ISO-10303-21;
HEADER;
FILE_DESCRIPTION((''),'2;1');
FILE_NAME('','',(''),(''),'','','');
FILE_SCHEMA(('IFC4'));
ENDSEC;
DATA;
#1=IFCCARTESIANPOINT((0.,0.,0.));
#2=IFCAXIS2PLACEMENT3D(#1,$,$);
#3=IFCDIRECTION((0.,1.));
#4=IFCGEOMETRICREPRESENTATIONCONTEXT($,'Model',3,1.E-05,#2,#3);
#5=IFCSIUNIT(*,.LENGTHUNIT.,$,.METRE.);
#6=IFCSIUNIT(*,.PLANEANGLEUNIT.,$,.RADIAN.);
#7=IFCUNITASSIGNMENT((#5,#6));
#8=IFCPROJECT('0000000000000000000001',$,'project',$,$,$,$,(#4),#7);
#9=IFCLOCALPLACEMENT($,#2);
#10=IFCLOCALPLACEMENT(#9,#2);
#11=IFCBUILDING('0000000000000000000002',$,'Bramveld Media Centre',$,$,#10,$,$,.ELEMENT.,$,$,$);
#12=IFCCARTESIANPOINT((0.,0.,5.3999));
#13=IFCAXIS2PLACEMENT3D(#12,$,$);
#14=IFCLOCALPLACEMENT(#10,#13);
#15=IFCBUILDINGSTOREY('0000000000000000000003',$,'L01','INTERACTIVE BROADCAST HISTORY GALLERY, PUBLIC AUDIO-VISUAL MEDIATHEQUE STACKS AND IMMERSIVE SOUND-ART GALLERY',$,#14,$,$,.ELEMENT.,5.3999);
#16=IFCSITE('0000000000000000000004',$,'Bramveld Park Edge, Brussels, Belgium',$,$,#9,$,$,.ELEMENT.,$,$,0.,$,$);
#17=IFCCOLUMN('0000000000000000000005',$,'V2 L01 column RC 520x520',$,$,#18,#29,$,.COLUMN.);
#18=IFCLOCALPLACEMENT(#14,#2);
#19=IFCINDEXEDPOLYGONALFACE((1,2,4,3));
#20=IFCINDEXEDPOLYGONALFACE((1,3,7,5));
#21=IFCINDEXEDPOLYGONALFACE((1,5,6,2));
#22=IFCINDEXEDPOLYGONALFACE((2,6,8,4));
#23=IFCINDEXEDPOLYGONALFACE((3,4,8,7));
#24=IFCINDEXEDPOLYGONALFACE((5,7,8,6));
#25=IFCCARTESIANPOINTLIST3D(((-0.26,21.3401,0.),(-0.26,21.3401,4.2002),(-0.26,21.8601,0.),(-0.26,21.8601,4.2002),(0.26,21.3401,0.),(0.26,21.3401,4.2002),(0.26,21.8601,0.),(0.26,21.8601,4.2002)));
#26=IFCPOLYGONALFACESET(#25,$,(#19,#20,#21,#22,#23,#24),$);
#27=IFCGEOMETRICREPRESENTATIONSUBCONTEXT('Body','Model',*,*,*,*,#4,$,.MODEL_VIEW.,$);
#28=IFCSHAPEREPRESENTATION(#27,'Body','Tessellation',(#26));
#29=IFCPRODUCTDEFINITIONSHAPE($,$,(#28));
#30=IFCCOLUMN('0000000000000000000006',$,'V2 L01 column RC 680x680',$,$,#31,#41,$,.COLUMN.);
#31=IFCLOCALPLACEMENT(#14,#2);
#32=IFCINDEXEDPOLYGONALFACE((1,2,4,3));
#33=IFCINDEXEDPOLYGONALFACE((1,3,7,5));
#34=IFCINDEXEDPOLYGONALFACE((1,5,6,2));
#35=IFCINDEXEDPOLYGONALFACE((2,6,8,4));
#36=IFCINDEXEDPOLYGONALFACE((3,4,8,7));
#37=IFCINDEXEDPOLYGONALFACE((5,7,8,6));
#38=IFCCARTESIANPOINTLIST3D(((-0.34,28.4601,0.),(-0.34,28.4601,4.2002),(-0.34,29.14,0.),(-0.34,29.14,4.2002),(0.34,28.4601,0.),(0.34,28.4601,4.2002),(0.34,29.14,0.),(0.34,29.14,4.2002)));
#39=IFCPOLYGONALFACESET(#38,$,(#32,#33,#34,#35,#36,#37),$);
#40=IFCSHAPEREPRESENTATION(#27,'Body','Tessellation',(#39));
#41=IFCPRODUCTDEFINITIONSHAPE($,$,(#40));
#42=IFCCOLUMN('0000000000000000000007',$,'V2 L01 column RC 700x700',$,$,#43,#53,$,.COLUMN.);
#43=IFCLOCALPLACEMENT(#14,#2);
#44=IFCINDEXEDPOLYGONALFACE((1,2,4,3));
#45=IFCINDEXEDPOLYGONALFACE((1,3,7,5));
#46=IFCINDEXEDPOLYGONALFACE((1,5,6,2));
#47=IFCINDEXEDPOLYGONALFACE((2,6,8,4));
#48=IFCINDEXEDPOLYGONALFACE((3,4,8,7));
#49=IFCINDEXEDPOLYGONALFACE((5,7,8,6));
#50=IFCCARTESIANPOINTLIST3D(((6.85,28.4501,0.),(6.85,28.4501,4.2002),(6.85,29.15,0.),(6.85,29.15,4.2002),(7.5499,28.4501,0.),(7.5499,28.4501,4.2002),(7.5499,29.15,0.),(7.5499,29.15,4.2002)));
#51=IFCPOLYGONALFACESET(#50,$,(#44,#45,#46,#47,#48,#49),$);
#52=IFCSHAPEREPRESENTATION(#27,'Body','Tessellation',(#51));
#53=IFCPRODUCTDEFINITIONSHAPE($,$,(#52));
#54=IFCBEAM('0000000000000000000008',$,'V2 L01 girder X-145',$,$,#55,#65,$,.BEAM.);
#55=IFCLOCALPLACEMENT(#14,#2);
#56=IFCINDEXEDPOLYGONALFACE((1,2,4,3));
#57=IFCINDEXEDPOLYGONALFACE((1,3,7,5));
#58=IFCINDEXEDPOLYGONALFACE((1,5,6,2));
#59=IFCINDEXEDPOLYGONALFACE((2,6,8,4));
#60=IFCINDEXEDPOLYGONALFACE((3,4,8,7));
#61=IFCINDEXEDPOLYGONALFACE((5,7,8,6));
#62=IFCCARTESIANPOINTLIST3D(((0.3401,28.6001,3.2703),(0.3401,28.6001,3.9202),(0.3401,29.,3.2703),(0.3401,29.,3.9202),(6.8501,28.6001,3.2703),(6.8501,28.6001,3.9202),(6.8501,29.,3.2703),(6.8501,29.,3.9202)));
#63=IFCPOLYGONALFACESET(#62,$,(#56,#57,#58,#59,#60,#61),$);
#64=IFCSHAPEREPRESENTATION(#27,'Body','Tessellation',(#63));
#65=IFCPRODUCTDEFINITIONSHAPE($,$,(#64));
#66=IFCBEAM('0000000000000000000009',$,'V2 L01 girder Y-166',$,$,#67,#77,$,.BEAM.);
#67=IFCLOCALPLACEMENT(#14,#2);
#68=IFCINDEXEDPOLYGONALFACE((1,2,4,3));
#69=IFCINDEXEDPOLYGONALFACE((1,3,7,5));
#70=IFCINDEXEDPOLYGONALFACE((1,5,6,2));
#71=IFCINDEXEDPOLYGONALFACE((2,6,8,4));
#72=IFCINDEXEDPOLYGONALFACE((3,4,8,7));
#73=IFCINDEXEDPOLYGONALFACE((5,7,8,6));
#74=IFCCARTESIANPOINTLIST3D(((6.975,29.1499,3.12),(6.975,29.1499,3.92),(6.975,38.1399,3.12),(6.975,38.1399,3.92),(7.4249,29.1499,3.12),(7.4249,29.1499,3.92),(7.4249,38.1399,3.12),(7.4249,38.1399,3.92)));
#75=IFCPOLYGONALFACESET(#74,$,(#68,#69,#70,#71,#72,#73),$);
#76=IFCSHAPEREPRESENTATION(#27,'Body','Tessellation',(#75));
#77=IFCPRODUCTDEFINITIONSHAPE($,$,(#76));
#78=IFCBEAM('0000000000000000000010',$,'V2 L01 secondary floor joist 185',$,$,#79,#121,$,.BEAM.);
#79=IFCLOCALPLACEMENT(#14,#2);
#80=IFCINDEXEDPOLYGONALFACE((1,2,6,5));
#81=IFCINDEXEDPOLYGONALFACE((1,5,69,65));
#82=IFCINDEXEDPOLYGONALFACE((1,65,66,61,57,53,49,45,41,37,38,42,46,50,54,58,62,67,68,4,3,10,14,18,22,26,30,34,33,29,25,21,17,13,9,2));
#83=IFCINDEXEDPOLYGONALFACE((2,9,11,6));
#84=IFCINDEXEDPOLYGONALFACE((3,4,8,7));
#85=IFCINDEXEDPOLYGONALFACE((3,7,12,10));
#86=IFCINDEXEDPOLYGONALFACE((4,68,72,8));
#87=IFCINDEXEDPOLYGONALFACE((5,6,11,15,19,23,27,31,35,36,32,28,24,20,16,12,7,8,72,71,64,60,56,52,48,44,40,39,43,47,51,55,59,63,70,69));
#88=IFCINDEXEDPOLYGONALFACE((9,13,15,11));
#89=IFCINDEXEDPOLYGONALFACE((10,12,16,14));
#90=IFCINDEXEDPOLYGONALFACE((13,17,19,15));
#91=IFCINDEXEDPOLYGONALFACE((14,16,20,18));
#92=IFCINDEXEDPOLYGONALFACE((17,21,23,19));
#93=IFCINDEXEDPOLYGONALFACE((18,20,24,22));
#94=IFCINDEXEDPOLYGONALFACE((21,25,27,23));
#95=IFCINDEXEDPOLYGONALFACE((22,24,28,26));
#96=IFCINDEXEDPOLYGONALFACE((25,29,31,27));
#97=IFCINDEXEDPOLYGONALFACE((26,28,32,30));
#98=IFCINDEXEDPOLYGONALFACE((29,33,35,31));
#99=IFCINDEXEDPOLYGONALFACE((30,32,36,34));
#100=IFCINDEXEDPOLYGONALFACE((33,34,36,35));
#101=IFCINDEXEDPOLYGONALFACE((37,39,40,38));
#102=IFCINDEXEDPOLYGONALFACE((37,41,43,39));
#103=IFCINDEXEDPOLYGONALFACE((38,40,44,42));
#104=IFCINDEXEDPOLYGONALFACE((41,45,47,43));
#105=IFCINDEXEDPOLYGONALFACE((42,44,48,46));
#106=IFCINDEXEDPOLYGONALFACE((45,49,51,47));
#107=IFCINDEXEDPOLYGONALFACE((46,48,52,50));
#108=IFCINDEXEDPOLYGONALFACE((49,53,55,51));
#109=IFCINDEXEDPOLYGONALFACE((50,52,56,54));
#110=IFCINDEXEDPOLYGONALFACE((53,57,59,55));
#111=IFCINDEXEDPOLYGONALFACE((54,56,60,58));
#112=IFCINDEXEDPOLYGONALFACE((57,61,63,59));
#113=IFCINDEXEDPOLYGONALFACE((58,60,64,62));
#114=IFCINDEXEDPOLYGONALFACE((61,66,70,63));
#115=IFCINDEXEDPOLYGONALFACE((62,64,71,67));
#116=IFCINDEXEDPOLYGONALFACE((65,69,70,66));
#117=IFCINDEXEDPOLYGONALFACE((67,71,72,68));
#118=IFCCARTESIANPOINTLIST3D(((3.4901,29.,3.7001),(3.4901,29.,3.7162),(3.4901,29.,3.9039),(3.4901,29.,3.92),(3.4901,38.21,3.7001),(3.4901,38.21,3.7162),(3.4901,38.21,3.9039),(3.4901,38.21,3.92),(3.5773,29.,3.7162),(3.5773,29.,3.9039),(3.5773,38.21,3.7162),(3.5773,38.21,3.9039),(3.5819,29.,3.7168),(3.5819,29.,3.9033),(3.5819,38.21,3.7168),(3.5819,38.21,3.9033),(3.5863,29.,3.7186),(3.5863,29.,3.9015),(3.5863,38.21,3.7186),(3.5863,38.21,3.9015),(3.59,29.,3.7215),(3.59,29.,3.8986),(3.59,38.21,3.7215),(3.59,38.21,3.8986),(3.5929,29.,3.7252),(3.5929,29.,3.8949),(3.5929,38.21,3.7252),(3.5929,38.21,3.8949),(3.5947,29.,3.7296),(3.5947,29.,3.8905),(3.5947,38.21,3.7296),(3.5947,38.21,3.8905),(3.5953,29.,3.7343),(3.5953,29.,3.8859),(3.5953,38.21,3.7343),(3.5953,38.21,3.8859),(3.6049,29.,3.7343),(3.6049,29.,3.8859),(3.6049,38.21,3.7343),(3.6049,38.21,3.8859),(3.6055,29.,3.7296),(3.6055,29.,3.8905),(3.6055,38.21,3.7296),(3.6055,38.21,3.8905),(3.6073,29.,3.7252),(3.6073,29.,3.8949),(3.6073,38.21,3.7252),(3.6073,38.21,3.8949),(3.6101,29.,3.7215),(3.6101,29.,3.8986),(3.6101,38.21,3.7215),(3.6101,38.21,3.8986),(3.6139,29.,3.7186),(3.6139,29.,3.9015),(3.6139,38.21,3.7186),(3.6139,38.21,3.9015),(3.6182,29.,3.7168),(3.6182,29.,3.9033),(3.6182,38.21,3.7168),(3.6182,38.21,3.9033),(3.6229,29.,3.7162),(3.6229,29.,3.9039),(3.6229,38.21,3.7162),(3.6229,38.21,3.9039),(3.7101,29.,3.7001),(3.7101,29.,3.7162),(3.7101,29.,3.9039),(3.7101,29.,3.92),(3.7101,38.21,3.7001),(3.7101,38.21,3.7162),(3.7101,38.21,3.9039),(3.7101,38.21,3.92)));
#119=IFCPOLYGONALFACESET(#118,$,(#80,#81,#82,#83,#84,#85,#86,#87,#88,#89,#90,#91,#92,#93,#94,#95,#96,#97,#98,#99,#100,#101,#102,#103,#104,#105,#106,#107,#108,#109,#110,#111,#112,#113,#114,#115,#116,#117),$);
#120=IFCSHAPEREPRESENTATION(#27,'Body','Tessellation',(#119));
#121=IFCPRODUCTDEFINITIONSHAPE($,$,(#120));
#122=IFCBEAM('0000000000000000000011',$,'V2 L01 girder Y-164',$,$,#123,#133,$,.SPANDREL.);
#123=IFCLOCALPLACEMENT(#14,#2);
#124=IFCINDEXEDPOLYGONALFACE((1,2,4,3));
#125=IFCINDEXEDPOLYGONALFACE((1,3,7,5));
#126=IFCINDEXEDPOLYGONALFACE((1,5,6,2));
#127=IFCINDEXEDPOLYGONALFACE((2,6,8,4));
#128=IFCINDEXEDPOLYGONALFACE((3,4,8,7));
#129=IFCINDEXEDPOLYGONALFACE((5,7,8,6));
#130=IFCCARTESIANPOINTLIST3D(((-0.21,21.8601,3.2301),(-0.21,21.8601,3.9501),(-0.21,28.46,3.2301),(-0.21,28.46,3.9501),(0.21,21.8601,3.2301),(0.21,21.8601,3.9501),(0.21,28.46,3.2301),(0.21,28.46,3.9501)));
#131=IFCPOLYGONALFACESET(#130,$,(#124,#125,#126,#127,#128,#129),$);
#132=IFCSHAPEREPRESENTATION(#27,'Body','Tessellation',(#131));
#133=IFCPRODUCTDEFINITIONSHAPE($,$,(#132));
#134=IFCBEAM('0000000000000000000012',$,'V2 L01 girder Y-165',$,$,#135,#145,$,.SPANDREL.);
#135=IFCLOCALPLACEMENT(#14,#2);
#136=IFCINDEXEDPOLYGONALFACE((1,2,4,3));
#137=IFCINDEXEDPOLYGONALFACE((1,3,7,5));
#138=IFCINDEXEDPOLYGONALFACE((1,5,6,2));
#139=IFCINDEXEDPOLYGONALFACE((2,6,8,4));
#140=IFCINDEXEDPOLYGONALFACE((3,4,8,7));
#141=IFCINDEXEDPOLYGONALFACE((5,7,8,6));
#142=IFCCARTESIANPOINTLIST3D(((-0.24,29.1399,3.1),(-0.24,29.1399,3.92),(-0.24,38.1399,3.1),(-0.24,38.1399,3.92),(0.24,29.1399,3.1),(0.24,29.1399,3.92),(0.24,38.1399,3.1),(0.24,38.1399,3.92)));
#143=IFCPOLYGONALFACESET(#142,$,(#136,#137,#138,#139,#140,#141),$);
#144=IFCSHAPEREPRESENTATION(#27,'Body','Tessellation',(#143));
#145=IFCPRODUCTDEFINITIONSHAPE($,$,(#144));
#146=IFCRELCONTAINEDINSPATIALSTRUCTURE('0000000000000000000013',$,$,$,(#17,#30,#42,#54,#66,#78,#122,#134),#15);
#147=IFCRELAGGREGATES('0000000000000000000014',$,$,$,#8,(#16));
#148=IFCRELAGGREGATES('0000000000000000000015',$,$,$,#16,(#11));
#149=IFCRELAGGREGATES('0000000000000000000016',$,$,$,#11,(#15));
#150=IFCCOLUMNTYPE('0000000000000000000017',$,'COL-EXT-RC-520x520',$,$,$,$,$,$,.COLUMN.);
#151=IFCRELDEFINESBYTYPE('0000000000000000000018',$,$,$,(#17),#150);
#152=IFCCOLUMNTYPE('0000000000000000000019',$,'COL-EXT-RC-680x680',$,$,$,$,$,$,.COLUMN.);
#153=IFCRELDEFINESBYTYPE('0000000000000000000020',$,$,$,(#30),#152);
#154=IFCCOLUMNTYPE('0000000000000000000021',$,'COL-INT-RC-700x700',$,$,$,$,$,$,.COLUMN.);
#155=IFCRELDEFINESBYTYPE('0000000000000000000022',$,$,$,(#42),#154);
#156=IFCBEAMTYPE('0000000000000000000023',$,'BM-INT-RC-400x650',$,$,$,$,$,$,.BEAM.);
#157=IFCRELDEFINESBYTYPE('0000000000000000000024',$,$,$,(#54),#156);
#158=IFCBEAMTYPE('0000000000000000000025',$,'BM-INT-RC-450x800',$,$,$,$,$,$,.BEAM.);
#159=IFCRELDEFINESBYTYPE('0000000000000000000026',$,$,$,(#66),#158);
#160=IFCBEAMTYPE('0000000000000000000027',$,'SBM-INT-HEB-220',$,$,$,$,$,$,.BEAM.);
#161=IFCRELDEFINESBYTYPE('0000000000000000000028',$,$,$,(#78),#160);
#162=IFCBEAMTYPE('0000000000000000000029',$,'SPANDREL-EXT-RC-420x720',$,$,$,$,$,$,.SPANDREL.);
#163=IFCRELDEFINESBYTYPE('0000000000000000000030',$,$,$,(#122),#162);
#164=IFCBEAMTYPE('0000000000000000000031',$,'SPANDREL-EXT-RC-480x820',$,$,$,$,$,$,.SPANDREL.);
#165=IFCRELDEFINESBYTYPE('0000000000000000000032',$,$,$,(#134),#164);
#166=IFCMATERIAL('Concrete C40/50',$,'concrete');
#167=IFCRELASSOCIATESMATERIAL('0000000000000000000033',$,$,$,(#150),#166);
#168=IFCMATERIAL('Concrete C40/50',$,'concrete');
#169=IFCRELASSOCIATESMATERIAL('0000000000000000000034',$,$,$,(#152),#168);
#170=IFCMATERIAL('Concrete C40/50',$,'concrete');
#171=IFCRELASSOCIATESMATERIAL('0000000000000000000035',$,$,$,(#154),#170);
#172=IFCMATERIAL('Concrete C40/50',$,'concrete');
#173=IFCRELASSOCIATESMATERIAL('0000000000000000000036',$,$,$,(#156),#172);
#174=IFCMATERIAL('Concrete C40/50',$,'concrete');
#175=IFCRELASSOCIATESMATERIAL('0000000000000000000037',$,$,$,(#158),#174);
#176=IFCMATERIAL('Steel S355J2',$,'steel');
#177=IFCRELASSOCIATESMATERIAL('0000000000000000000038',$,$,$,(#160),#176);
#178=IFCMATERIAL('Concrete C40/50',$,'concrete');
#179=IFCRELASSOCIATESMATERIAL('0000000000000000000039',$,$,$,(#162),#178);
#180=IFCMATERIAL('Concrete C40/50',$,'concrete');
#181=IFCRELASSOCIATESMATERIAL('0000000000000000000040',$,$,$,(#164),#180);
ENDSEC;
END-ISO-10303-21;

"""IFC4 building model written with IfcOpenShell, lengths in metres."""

from ifc_helpers import new_model, si_unit, direction, frame, origin, origin_2d, place, context, subcontext, project, spatial, rectangle, i_section, extrude, material, material_profile, profile_set, type_object, element, save


model = new_model("IFC4")

# Units and contexts
model_context = context("Model", 3, precision=1e-05, world=origin(), true_north=direction((0.0, 1.0)))
body_context = subcontext(model_context, "Body", "Model", "MODEL_VIEW")
ifc_project = project(units=[si_unit("LENGTHUNIT", "METRE"), si_unit("PLANEANGLEUNIT", "RADIAN")], contexts=[model_context])

# Site, building, storey
site_placement = place(None, origin())
site = spatial("IfcSite", under=ifc_project, at=site_placement, Name="Bramveld Park Edge, Brussels, Belgium", CompositionType="ELEMENT", RefElevation=0.0)
building_placement = place(site_placement, origin())
building = spatial("IfcBuilding", under=site, at=building_placement, Name="Bramveld Media Centre", CompositionType="ELEMENT")
storey_placement = place(building_placement, frame((0.0, 0.0, 5.3999)))
storey = spatial("IfcBuildingStorey", under=building, at=storey_placement, Name="L01", Description="INTERACTIVE BROADCAST HISTORY GALLERY, PUBLIC AUDIO-VISUAL MEDIATHEQUE STACKS AND IMMERSIVE SOUND-ART GALLERY", CompositionType="ELEMENT", Elevation=5.3999)

# Columns
ifc_material_1 = material(Name="Concrete C40/50", Category="concrete")
ifc_material_profile_1 = material_profile(ifc_material_1, rectangle(XDim=0.52, YDim=0.52, at=origin_2d()), Name="RC 520x520")
ifc_profile_set_1 = profile_set([ifc_material_profile_1], Name="Concrete C40/50")
column_type_1 = type_object("IfcColumnType", Name="COL-EXT-RC-520x520", PredefinedType="COLUMN", material=ifc_profile_set_1)
column_1_placement = place(storey_placement, frame((0.0, 21.6001, 0.0), z_axis=(0.0, 0.0, 1.0), x_axis=(1.0, 0.0, 0.0)))
element("IfcColumn", 1, at=column_1_placement, inside=storey, type_object=column_type_1, Name="V2 L01 column RC 520x520", PredefinedType="COLUMN", context=body_context, shape_type="SweptSolid", body=[
    extrude(rectangle(XDim=0.52, YDim=0.52, at=origin_2d()), origin(), (0.0, 0.0, 1.0), 4.2002),
])
ifc_material_2 = material(Name="Concrete C40/50", Category="concrete")
ifc_material_profile_2 = material_profile(ifc_material_2, rectangle(XDim=0.6799, YDim=0.6799, at=origin_2d()), Name="RC 680x680")
ifc_profile_set_2 = profile_set([ifc_material_profile_2], Name="Concrete C40/50")
column_type_2 = type_object("IfcColumnType", Name="COL-EXT-RC-680x680", PredefinedType="COLUMN", material=ifc_profile_set_2)
column_2_placement = place(storey_placement, frame((0.0, 28.8, 0.0), z_axis=(0.0, 0.0, 1.0), x_axis=(1.0, 0.0, 0.0)))
element("IfcColumn", 2, at=column_2_placement, inside=storey, type_object=column_type_2, Name="V2 L01 column RC 680x680", PredefinedType="COLUMN", context=body_context, shape_type="SweptSolid", body=[
    extrude(rectangle(XDim=0.6799, YDim=0.6799, at=origin_2d()), origin(), (0.0, 0.0, 1.0), 4.2002),
])
ifc_material_3 = material(Name="Concrete C40/50", Category="concrete")
ifc_material_profile_3 = material_profile(ifc_material_3, rectangle(XDim=0.7, YDim=0.7, at=origin_2d()), Name="RC 700x700")
ifc_profile_set_3 = profile_set([ifc_material_profile_3], Name="Concrete C40/50")
column_type_3 = type_object("IfcColumnType", Name="COL-INT-RC-700x700", PredefinedType="COLUMN", material=ifc_profile_set_3)
column_3_placement = place(storey_placement, frame((7.2, 28.8, 0.0), z_axis=(0.0, 0.0, 1.0), x_axis=(1.0, 0.0, 0.0)))
element("IfcColumn", 3, at=column_3_placement, inside=storey, type_object=column_type_3, Name="V2 L01 column RC 700x700", PredefinedType="COLUMN", context=body_context, shape_type="SweptSolid", body=[
    extrude(rectangle(XDim=0.7, YDim=0.7, at=origin_2d()), origin(), (0.0, 0.0, 1.0), 4.2002),
])

# Beams
ifc_material_4 = material(Name="Concrete C40/50", Category="concrete")
ifc_material_profile_4 = material_profile(ifc_material_4, rectangle(XDim=0.3999, YDim=0.6499, at=origin_2d()), Name="RC 400x650")
ifc_profile_set_4 = profile_set([ifc_material_profile_4], Name="Concrete C40/50")
beam_type_1 = type_object("IfcBeamType", Name="BM-INT-RC-400x650", PredefinedType="BEAM", material=ifc_profile_set_4)
beam_1_placement = place(storey_placement, frame((0.3401, 28.8, 3.5952), z_axis=(1.0, 0.0, 0.0), x_axis=(0.0, 1.0, 0.0)))
element("IfcBeam", 4, at=beam_1_placement, inside=storey, type_object=beam_type_1, Name="V2 L01 girder X-145", PredefinedType="BEAM", context=body_context, shape_type="SweptSolid", body=[
    extrude(rectangle(XDim=0.3999, YDim=0.6499, at=origin_2d()), origin(), (0.0, 0.0, 1.0), 6.51),
])
ifc_material_5 = material(Name="Concrete C40/50", Category="concrete")
ifc_material_profile_5 = material_profile(ifc_material_5, rectangle(XDim=0.45, YDim=0.8, at=origin_2d()), Name="RC 450x800")
ifc_profile_set_5 = profile_set([ifc_material_profile_5], Name="Concrete C40/50")
beam_type_2 = type_object("IfcBeamType", Name="BM-INT-RC-450x800", PredefinedType="BEAM", material=ifc_profile_set_5)
beam_2_placement = place(storey_placement, frame((7.2, 29.1499, 3.52), z_axis=(0.0, 1.0, 0.0), x_axis=(-1.0, 0.0, 0.0)))
element("IfcBeam", 5, at=beam_2_placement, inside=storey, type_object=beam_type_2, Name="V2 L01 girder Y-166", PredefinedType="BEAM", context=body_context, shape_type="SweptSolid", body=[
    extrude(rectangle(XDim=0.45, YDim=0.8, at=origin_2d()), origin(), (0.0, 0.0, 1.0), 8.99),
])
ifc_material_6 = material(Name="Steel S355J2", Category="steel")
ifc_material_profile_6 = material_profile(ifc_material_6, i_section(OverallWidth=0.22, OverallDepth=0.22, WebThickness=0.0095, FlangeThickness=0.0161, FilletRadius=0.0181, at=origin_2d()), Name="HEB 220")
ifc_profile_set_6 = profile_set([ifc_material_profile_6], Name="Steel S355J2")
beam_type_3 = type_object("IfcBeamType", Name="SBM-INT-HEB-220", PredefinedType="BEAM", material=ifc_profile_set_6)
beam_3_placement = place(storey_placement, frame((3.6001, 29.0, 3.8101), z_axis=(0.0, 1.0, 0.0), x_axis=(-1.0, 0.0, 0.0)))
element("IfcBeam", 6, at=beam_3_placement, inside=storey, type_object=beam_type_3, Name="V2 L01 secondary floor joist 185", PredefinedType="BEAM", context=body_context, shape_type="SweptSolid", body=[
    extrude(i_section(OverallWidth=0.22, OverallDepth=0.22, WebThickness=0.0095, FlangeThickness=0.0161, FilletRadius=0.0181, at=origin_2d()), origin(), (0.0, 0.0, 1.0), 9.21),
])
ifc_material_7 = material(Name="Concrete C40/50", Category="concrete")
ifc_material_profile_7 = material_profile(ifc_material_7, rectangle(XDim=0.4199, YDim=0.72, at=origin_2d()), Name="RC 420x720")
ifc_profile_set_7 = profile_set([ifc_material_profile_7], Name="Concrete C40/50")
beam_type_4 = type_object("IfcBeamType", Name="SPANDREL-EXT-RC-420x720", PredefinedType="SPANDREL", material=ifc_profile_set_7)
beam_4_placement = place(storey_placement, frame((0.0, 21.8601, 3.5901), z_axis=(0.0, 1.0, 0.0), x_axis=(-1.0, 0.0, 0.0)))
element("IfcBeam", 7, at=beam_4_placement, inside=storey, type_object=beam_type_4, Name="V2 L01 girder Y-164", PredefinedType="SPANDREL", context=body_context, shape_type="SweptSolid", body=[
    extrude(rectangle(XDim=0.4199, YDim=0.72, at=origin_2d()), origin(), (0.0, 0.0, 1.0), 6.5999),
])
ifc_material_8 = material(Name="Concrete C40/50", Category="concrete")
ifc_material_profile_8 = material_profile(ifc_material_8, rectangle(XDim=0.48, YDim=0.8201, at=origin_2d()), Name="RC 480x820")
ifc_profile_set_8 = profile_set([ifc_material_profile_8], Name="Concrete C40/50")
beam_type_5 = type_object("IfcBeamType", Name="SPANDREL-EXT-RC-480x820", PredefinedType="SPANDREL", material=ifc_profile_set_8)
beam_5_placement = place(storey_placement, frame((0.0, 29.1399, 3.51), z_axis=(0.0, 1.0, 0.0), x_axis=(-1.0, 0.0, 0.0)))
element("IfcBeam", 8, at=beam_5_placement, inside=storey, type_object=beam_type_5, Name="V2 L01 girder Y-165", PredefinedType="SPANDREL", context=body_context, shape_type="SweptSolid", body=[
    extrude(rectangle(XDim=0.48, YDim=0.8201, at=origin_2d()), origin(), (0.0, 0.0, 1.0), 9.0),
])

save(model, "model.ifc")
